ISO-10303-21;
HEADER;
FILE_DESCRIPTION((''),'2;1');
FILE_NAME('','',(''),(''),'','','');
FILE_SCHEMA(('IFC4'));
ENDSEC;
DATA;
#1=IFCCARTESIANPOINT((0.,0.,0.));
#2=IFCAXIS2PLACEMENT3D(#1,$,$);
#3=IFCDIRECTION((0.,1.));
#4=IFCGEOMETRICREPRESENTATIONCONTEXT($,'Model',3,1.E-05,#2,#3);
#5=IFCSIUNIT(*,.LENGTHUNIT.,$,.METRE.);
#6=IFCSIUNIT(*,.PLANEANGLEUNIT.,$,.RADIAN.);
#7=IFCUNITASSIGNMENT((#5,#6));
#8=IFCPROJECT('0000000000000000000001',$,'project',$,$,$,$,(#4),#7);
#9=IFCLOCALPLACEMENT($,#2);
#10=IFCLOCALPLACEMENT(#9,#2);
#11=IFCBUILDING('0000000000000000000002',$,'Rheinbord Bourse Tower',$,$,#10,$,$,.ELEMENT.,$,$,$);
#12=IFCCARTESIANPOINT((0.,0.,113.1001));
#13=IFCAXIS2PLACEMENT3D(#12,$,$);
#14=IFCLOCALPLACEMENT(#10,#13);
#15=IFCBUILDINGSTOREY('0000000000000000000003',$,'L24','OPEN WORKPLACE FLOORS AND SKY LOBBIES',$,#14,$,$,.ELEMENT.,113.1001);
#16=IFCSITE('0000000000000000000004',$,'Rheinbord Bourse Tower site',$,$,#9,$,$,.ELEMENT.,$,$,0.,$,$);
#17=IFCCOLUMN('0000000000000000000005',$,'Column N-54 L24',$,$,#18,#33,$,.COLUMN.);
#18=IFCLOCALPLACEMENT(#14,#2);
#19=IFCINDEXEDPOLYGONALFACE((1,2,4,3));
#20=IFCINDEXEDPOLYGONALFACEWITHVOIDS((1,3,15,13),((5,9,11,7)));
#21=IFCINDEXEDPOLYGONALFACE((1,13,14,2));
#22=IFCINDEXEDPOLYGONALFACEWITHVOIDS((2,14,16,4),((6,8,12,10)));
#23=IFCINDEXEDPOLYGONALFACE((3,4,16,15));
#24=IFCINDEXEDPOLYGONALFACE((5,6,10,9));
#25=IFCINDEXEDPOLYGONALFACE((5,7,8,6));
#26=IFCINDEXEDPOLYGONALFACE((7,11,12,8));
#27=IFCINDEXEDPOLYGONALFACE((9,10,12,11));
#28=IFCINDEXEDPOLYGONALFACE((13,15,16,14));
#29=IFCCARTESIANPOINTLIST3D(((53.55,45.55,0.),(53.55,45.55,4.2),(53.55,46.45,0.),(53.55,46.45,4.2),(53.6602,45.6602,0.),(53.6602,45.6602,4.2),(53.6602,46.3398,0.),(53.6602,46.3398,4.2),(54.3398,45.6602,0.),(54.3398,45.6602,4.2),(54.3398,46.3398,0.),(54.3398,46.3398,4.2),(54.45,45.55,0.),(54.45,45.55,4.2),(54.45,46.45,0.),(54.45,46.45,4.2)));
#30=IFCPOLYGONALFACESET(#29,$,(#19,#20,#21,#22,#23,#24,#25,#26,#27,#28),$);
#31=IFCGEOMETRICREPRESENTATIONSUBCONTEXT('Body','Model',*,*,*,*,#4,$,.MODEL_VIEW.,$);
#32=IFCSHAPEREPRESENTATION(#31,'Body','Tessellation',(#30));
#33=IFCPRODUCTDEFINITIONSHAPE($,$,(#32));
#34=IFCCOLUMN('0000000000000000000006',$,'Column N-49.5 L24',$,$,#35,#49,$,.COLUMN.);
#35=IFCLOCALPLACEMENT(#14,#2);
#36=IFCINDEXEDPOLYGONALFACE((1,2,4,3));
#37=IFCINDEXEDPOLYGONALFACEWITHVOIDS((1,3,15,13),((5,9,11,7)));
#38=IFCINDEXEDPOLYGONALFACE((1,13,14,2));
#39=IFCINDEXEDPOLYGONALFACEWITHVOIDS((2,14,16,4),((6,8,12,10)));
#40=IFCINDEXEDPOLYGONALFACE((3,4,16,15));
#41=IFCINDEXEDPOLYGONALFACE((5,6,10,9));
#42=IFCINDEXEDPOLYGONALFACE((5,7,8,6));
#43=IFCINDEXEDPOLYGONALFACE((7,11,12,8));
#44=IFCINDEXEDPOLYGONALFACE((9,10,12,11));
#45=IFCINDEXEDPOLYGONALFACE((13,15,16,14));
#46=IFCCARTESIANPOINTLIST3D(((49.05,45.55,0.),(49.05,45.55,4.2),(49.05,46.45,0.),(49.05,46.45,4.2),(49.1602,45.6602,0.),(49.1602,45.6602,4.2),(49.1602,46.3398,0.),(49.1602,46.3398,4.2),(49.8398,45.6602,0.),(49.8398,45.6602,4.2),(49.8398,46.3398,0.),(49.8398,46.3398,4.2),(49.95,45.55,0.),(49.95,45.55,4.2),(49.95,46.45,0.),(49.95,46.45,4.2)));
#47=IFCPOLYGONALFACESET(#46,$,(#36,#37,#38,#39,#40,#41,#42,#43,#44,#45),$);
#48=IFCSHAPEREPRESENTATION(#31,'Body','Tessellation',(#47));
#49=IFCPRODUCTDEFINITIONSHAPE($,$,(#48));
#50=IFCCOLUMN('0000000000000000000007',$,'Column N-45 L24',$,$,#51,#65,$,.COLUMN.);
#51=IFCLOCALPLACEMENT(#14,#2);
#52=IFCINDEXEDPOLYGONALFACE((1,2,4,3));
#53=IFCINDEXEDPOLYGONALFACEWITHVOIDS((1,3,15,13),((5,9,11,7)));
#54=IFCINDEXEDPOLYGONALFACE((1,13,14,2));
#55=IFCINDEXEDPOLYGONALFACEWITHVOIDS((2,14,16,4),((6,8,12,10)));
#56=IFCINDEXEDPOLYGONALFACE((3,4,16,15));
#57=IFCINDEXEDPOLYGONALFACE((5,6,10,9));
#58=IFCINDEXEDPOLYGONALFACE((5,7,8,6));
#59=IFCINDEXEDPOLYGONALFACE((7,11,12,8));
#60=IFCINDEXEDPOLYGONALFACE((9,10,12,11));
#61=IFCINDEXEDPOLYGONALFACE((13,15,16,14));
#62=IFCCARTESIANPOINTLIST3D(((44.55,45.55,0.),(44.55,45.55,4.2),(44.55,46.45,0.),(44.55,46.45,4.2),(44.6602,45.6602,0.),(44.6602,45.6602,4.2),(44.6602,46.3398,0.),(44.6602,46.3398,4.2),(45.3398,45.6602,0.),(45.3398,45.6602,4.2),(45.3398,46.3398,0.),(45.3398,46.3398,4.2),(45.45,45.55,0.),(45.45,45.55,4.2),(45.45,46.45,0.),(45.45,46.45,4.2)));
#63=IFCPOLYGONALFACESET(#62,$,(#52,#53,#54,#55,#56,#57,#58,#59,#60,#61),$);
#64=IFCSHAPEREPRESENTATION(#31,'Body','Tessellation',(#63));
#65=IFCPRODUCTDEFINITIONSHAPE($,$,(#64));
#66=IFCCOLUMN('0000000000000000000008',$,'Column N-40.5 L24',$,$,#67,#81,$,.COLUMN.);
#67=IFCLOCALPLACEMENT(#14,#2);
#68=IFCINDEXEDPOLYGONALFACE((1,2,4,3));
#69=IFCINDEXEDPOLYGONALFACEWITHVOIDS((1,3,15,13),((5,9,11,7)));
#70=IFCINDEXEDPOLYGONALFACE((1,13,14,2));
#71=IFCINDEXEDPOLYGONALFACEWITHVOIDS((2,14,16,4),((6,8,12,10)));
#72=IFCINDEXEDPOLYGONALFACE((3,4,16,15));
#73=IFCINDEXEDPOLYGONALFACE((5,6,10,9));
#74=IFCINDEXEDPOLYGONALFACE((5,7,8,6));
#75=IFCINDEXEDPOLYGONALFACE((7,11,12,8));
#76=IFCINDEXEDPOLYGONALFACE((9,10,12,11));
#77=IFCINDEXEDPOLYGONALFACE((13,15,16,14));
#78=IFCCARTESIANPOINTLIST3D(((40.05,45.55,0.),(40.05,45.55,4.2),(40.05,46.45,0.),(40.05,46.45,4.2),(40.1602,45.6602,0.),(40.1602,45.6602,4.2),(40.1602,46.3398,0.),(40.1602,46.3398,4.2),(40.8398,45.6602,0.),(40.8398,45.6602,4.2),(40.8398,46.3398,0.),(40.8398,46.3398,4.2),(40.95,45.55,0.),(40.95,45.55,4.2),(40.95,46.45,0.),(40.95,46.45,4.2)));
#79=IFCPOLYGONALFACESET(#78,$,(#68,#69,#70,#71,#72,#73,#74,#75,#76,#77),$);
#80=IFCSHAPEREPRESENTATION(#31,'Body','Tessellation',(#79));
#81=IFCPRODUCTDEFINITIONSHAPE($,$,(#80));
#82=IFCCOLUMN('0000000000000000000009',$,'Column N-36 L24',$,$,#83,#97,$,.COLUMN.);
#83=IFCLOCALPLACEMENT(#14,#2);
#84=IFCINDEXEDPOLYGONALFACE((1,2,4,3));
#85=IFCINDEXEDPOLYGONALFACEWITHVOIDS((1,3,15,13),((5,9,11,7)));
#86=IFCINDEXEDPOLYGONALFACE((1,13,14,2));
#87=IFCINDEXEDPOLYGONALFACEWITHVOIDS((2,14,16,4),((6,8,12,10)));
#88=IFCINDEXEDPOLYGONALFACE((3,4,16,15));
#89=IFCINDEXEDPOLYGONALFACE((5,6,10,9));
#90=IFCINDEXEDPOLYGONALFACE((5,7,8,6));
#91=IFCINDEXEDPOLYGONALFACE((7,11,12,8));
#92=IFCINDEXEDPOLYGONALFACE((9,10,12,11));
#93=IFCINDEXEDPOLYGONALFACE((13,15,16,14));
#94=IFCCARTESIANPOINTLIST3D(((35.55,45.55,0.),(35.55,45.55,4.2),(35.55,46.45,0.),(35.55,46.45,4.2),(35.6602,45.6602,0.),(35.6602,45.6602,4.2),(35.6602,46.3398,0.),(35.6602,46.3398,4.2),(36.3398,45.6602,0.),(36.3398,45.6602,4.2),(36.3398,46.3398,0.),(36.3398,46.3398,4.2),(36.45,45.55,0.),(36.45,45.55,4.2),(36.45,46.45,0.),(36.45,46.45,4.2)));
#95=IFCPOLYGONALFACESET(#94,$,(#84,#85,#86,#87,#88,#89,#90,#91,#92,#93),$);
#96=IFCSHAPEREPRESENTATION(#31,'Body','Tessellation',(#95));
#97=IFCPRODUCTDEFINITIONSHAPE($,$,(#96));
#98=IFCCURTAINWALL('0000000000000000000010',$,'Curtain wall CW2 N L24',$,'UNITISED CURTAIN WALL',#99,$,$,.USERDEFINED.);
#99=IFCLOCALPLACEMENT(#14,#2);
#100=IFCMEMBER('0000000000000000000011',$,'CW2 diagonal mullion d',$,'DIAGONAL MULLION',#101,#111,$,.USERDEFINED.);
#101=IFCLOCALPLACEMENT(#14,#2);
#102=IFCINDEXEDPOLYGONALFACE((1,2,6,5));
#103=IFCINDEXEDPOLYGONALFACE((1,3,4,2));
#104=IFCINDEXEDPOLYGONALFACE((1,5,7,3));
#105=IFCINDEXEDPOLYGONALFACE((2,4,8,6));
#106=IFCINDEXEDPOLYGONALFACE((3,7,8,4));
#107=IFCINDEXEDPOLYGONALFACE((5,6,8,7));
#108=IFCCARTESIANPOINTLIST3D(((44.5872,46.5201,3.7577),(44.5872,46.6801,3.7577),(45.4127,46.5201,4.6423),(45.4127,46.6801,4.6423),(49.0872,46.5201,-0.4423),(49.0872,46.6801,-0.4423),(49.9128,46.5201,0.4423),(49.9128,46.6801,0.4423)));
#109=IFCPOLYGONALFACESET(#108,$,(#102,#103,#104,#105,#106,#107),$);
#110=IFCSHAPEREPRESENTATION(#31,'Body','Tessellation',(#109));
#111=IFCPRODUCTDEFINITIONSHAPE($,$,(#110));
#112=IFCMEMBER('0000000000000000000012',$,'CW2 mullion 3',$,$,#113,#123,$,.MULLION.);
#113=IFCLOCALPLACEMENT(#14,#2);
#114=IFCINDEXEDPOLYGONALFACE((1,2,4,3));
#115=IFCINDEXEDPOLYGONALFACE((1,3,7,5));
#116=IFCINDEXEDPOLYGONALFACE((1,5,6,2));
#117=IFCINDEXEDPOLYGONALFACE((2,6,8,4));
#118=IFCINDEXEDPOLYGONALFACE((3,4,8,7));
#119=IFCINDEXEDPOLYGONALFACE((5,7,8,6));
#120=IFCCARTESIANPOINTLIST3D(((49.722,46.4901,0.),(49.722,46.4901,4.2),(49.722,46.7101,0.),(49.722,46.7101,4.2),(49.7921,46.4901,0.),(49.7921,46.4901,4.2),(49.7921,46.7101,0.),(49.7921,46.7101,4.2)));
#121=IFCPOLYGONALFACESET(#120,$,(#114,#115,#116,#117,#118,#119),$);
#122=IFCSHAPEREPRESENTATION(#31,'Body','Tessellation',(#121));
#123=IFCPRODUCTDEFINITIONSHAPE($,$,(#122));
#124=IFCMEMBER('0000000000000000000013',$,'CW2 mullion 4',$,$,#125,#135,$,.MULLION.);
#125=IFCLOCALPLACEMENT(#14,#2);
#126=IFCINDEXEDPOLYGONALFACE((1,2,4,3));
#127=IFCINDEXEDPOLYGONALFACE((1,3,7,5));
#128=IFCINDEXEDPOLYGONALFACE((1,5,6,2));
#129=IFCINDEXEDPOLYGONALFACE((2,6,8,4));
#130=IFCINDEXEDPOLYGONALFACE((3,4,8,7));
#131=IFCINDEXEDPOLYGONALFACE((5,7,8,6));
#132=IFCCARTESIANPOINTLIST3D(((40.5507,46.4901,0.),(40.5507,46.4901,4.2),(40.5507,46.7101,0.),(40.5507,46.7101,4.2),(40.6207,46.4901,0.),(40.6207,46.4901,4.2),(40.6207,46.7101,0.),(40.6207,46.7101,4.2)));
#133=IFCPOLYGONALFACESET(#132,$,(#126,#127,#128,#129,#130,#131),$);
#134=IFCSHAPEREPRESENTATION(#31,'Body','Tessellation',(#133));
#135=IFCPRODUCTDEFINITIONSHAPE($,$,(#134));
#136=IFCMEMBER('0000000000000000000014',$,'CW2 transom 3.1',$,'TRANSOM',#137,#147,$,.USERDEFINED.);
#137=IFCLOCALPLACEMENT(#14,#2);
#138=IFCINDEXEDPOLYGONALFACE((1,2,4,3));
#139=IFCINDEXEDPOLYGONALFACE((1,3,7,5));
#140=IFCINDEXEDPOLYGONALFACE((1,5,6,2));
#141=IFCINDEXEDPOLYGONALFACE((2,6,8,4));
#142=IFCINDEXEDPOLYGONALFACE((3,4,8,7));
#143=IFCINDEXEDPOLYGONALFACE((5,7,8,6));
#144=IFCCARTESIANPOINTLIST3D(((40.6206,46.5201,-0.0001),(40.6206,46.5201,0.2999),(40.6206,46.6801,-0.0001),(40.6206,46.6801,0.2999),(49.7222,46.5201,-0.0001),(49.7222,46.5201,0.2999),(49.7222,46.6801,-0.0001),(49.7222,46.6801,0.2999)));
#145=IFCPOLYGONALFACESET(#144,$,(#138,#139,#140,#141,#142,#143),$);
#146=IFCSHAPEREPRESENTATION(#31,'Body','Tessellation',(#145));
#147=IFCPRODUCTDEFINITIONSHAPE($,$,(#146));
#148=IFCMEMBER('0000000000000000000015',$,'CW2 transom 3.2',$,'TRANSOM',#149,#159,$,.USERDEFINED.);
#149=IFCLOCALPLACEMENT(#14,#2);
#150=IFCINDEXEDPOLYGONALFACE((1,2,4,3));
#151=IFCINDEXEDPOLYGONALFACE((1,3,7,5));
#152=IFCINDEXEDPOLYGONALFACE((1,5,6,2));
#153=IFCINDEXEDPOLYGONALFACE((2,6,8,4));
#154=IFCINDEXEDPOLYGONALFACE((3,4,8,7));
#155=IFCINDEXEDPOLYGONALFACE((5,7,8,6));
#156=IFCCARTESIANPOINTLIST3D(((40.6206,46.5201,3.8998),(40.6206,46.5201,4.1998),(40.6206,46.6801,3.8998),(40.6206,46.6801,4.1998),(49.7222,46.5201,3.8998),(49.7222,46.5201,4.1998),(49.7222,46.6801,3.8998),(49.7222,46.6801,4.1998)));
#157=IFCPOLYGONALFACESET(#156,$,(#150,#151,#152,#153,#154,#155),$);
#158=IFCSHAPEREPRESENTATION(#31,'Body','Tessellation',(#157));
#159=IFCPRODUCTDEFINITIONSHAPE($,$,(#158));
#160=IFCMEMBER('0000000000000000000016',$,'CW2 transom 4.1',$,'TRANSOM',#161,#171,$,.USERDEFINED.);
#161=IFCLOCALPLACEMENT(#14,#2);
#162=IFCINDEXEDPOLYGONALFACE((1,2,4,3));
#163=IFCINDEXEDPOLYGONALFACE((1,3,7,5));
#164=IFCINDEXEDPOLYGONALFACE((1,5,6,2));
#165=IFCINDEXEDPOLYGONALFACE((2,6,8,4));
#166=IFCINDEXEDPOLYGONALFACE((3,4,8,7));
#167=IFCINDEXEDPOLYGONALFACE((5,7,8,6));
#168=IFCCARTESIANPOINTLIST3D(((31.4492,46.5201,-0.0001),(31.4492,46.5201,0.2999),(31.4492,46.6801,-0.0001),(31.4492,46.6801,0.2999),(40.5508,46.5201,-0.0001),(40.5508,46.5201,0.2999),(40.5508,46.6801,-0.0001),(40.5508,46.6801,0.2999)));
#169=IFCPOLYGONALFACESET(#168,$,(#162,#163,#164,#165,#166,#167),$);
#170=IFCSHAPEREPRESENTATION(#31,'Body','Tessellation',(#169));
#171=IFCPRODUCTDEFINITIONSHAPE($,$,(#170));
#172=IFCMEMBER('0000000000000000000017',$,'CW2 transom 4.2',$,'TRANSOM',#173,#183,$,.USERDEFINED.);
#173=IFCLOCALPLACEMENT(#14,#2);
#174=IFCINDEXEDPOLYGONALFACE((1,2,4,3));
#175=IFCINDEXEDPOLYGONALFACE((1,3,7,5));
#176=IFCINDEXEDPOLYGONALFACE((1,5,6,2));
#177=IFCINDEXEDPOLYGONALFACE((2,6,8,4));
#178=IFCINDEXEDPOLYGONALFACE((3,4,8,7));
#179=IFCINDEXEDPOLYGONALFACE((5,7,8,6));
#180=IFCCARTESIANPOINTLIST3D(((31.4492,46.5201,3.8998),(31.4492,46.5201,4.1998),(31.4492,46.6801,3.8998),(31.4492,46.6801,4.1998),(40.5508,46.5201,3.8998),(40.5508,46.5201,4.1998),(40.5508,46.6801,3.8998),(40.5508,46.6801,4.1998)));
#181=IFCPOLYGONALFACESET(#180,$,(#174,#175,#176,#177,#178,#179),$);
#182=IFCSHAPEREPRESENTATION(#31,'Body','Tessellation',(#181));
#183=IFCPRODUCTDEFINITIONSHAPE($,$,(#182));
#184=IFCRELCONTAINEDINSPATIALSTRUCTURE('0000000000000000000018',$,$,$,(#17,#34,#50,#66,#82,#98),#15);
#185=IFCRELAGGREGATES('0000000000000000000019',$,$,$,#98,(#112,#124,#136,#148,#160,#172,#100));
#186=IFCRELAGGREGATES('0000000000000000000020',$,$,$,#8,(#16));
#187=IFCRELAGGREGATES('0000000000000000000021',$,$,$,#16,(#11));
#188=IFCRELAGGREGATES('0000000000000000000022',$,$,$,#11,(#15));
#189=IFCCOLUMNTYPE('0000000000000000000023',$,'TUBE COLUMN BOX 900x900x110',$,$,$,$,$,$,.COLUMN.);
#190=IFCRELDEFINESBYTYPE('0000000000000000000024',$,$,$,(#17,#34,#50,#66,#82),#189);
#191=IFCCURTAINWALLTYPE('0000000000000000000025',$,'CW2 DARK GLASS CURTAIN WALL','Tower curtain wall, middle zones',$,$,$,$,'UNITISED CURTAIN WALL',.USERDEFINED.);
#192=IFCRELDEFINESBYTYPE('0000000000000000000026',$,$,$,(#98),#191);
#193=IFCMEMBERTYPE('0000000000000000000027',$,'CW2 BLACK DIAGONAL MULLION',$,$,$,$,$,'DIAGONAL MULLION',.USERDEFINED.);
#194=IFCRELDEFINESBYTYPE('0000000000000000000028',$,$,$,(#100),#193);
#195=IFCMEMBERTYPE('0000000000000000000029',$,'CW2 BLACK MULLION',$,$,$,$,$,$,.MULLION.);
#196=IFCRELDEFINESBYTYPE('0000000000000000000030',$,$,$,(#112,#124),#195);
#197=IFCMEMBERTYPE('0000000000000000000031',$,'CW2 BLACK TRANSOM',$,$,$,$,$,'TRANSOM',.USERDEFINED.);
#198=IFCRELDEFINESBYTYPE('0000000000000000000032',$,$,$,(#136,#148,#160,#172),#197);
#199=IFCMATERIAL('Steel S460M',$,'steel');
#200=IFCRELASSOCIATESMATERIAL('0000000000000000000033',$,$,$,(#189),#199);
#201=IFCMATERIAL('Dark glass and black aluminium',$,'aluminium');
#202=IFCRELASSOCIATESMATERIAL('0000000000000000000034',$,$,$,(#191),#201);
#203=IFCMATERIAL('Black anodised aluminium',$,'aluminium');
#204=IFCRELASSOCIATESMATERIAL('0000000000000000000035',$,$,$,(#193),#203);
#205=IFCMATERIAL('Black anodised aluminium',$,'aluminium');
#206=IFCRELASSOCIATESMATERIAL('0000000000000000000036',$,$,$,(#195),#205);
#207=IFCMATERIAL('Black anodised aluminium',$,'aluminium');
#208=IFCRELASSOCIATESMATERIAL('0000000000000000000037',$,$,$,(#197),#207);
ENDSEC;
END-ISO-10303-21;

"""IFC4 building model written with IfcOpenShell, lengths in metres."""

from ifc_helpers import new_model, si_unit, direction, frame, origin, origin_2d, place, context, subcontext, project, spatial, rectangle, hollow_rectangle, extrude, material, material_profile, profile_set, type_object, element, aggregate, save


model = new_model("IFC4")

# Units and contexts
model_context = context("Model", 3, precision=1e-05, world=origin(), true_north=direction((0.0, 1.0)))
body_context = subcontext(model_context, "Body", "Model", "MODEL_VIEW")
ifc_project = project(units=[si_unit("LENGTHUNIT", "METRE"), si_unit("PLANEANGLEUNIT", "RADIAN")], contexts=[model_context])

# Site, building, storey
site_placement = place(None, origin())
site = spatial("IfcSite", under=ifc_project, at=site_placement, Name="Rheinbord Bourse Tower site", CompositionType="ELEMENT", RefElevation=0.0)
building_placement = place(site_placement, origin())
building = spatial("IfcBuilding", under=site, at=building_placement, Name="Rheinbord Bourse Tower", CompositionType="ELEMENT")
storey_placement = place(building_placement, frame((0.0, 0.0, 113.1001)))
storey = spatial("IfcBuildingStorey", under=building, at=storey_placement, Name="L24", Description="OPEN WORKPLACE FLOORS AND SKY LOBBIES", CompositionType="ELEMENT", Elevation=113.1001)

# Columns
ifc_material_1 = material(Name="Steel S460M", Category="steel")
ifc_material_profile_1 = material_profile(ifc_material_1, hollow_rectangle(XDim=0.8999, YDim=0.8999, WallThickness=0.1101, at=origin_2d()), Name="BOX 900x900x110")
ifc_profile_set_1 = profile_set([ifc_material_profile_1], Name="Steel S460M")
column_type = type_object("IfcColumnType", Name="TUBE COLUMN BOX 900x900x110", PredefinedType="COLUMN", material=ifc_profile_set_1)
for number, where, z_axis, x_axis, name in (
    (1, (54.0, 46.0, 0.0), (0.0, 0.0, 1.0), (0.0, 1.0, 0.0), "Column N-54 L24"),
    (2, (49.5, 46.0, 0.0), (0.0, 0.0, 1.0), (0.0, 1.0, 0.0), "Column N-49.5 L24"),
    (3, (45.0, 46.0, 0.0), (0.0, 0.0, 1.0), (0.0, 1.0, 0.0), "Column N-45 L24"),
    (4, (40.5, 46.0, 0.0), (0.0, 0.0, 1.0), (0.0, 1.0, 0.0), "Column N-40.5 L24"),
    (5, (36.0, 46.0, 0.0), (0.0, 0.0, 1.0), (0.0, 1.0, 0.0), "Column N-36 L24"),
):
    element("IfcColumn", number, at=place(storey_placement, frame(where, z_axis=z_axis, x_axis=x_axis)), inside=storey, type_object=column_type, Name=name, PredefinedType="COLUMN", context=body_context, shape_type="SweptSolid", body=[
        extrude(hollow_rectangle(XDim=0.8999, YDim=0.8999, WallThickness=0.1101, at=origin_2d()), origin(), (0.0, 0.0, 1.0), 4.2),
    ])

# Curtain wall, members
ifc_material_2 = material(Name="Dark glass and black aluminium", Category="aluminium")
curtain_wall_type = type_object("IfcCurtainWallType", Name="CW2 DARK GLASS CURTAIN WALL", Description="Tower curtain wall, middle zones", ElementType="UNITISED CURTAIN WALL", PredefinedType="USERDEFINED", material=ifc_material_2)
curtain_wall_placement = place(storey_placement, origin())
curtain_wall = element("IfcCurtainWall", 6, at=curtain_wall_placement, inside=storey, type_object=curtain_wall_type, Name="Curtain wall CW2 N L24", ObjectType="UNITISED CURTAIN WALL", PredefinedType="USERDEFINED")
ifc_material_3 = material(Name="Black anodised aluminium", Category="aluminium")
ifc_material_profile_2 = material_profile(ifc_material_3, rectangle(XDim=0.1599, YDim=1.21, at=origin_2d()), Name="CW2 DIAGONAL MULLION 1210x160")
ifc_profile_set_2 = profile_set([ifc_material_profile_2], Name="Black anodised aluminium")
member_type_1 = type_object("IfcMemberType", Name="CW2 BLACK DIAGONAL MULLION", ElementType="DIAGONAL MULLION", PredefinedType="USERDEFINED", material=ifc_profile_set_2)
member_1_placement = place(storey_placement, frame((49.5, 46.6001, 0.0), z_axis=(-0.731059, 0.0, 0.682314), x_axis=(0.0, -1.0, 0.0)))
member_1 = element("IfcMember", 7, at=member_1_placement, type_object=member_type_1, Name="CW2 diagonal mullion d", ObjectType="DIAGONAL MULLION", PredefinedType="USERDEFINED", context=body_context, shape_type="SweptSolid", body=[
    extrude(rectangle(XDim=0.1599, YDim=1.21, at=origin_2d()), origin(), (0.0, 0.0, 1.0), 6.1555),
])
ifc_material_4 = material(Name="Black anodised aluminium", Category="aluminium")
ifc_material_profile_3 = material_profile(ifc_material_4, rectangle(XDim=0.22, YDim=0.0701, at=origin_2d()), Name="CW2 MULLION 70x220")
ifc_profile_set_3 = profile_set([ifc_material_profile_3], Name="Black anodised aluminium")
member_type_2 = type_object("IfcMemberType", Name="CW2 BLACK MULLION", PredefinedType="MULLION", material=ifc_profile_set_3)
member_2_placement = place(storey_placement, frame((49.7571, 46.6001, 0.0), z_axis=(0.0, 0.0, 1.0), x_axis=(0.0, -1.0, 0.0)))
member_2 = element("IfcMember", 8, at=member_2_placement, type_object=member_type_2, Name="CW2 mullion 3", PredefinedType="MULLION", context=body_context, shape_type="SweptSolid", body=[
    extrude(rectangle(XDim=0.22, YDim=0.0701, at=origin_2d()), origin(), (0.0, 0.0, 1.0), 4.2),
])
member_3_placement = place(storey_placement, frame((40.5857, 46.6001, 0.0), z_axis=(0.0, 0.0, 1.0), x_axis=(0.0, -1.0, 0.0)))
member_3 = element("IfcMember", 9, at=member_3_placement, type_object=member_type_2, Name="CW2 mullion 4", PredefinedType="MULLION", context=body_context, shape_type="SweptSolid", body=[
    extrude(rectangle(XDim=0.22, YDim=0.0701, at=origin_2d()), origin(), (0.0, 0.0, 1.0), 4.2),
])
ifc_material_5 = material(Name="Black anodised aluminium", Category="aluminium")
ifc_material_profile_4 = material_profile(ifc_material_5, rectangle(XDim=0.1599, YDim=0.3, at=origin_2d()), Name="CW2 TRANSOM 300x160")
ifc_profile_set_4 = profile_set([ifc_material_profile_4], Name="Black anodised aluminium")
member_type_3 = type_object("IfcMemberType", Name="CW2 BLACK TRANSOM", ElementType="TRANSOM", PredefinedType="USERDEFINED", material=ifc_profile_set_4)
member_4_placement = place(storey_placement, frame((49.7222, 46.6001, 0.1499), z_axis=(-1.0, 0.0, 0.0), x_axis=(0.0, -1.0, 0.0)))
member_4 = element("IfcMember", 10, at=member_4_placement, type_object=member_type_3, Name="CW2 transom 3.1", ObjectType="TRANSOM", PredefinedType="USERDEFINED", context=body_context, shape_type="SweptSolid", body=[
    extrude(rectangle(XDim=0.1599, YDim=0.3, at=origin_2d()), origin(), (0.0, 0.0, 1.0), 9.1016),
])
member_5_placement = place(storey_placement, frame((49.7222, 46.6001, 4.0498), z_axis=(-1.0, 0.0, 0.0), x_axis=(0.0, -1.0, 0.0)))
member_5 = element("IfcMember", 11, at=member_5_placement, type_object=member_type_3, Name="CW2 transom 3.2", ObjectType="TRANSOM", PredefinedType="USERDEFINED", context=body_context, shape_type="SweptSolid", body=[
    extrude(rectangle(XDim=0.1599, YDim=0.3, at=origin_2d()), origin(), (0.0, 0.0, 1.0), 9.1016),
])
member_6_placement = place(storey_placement, frame((40.5508, 46.6001, 0.1499), z_axis=(-1.0, 0.0, 0.0), x_axis=(0.0, -1.0, 0.0)))
member_6 = element("IfcMember", 12, at=member_6_placement, type_object=member_type_3, Name="CW2 transom 4.1", ObjectType="TRANSOM", PredefinedType="USERDEFINED", context=body_context, shape_type="SweptSolid", body=[
    extrude(rectangle(XDim=0.1599, YDim=0.3, at=origin_2d()), origin(), (0.0, 0.0, 1.0), 9.1016),
])
member_7_placement = place(storey_placement, frame((40.5508, 46.6001, 4.0498), z_axis=(-1.0, 0.0, 0.0), x_axis=(0.0, -1.0, 0.0)))
member_7 = element("IfcMember", 13, at=member_7_placement, type_object=member_type_3, Name="CW2 transom 4.2", ObjectType="TRANSOM", PredefinedType="USERDEFINED", context=body_context, shape_type="SweptSolid", body=[
    extrude(rectangle(XDim=0.1599, YDim=0.3, at=origin_2d()), origin(), (0.0, 0.0, 1.0), 9.1016),
])

aggregate(curtain_wall, [member_2, member_3, member_4, member_5, member_6, member_7, member_1])

save(model, "model.ifc")
